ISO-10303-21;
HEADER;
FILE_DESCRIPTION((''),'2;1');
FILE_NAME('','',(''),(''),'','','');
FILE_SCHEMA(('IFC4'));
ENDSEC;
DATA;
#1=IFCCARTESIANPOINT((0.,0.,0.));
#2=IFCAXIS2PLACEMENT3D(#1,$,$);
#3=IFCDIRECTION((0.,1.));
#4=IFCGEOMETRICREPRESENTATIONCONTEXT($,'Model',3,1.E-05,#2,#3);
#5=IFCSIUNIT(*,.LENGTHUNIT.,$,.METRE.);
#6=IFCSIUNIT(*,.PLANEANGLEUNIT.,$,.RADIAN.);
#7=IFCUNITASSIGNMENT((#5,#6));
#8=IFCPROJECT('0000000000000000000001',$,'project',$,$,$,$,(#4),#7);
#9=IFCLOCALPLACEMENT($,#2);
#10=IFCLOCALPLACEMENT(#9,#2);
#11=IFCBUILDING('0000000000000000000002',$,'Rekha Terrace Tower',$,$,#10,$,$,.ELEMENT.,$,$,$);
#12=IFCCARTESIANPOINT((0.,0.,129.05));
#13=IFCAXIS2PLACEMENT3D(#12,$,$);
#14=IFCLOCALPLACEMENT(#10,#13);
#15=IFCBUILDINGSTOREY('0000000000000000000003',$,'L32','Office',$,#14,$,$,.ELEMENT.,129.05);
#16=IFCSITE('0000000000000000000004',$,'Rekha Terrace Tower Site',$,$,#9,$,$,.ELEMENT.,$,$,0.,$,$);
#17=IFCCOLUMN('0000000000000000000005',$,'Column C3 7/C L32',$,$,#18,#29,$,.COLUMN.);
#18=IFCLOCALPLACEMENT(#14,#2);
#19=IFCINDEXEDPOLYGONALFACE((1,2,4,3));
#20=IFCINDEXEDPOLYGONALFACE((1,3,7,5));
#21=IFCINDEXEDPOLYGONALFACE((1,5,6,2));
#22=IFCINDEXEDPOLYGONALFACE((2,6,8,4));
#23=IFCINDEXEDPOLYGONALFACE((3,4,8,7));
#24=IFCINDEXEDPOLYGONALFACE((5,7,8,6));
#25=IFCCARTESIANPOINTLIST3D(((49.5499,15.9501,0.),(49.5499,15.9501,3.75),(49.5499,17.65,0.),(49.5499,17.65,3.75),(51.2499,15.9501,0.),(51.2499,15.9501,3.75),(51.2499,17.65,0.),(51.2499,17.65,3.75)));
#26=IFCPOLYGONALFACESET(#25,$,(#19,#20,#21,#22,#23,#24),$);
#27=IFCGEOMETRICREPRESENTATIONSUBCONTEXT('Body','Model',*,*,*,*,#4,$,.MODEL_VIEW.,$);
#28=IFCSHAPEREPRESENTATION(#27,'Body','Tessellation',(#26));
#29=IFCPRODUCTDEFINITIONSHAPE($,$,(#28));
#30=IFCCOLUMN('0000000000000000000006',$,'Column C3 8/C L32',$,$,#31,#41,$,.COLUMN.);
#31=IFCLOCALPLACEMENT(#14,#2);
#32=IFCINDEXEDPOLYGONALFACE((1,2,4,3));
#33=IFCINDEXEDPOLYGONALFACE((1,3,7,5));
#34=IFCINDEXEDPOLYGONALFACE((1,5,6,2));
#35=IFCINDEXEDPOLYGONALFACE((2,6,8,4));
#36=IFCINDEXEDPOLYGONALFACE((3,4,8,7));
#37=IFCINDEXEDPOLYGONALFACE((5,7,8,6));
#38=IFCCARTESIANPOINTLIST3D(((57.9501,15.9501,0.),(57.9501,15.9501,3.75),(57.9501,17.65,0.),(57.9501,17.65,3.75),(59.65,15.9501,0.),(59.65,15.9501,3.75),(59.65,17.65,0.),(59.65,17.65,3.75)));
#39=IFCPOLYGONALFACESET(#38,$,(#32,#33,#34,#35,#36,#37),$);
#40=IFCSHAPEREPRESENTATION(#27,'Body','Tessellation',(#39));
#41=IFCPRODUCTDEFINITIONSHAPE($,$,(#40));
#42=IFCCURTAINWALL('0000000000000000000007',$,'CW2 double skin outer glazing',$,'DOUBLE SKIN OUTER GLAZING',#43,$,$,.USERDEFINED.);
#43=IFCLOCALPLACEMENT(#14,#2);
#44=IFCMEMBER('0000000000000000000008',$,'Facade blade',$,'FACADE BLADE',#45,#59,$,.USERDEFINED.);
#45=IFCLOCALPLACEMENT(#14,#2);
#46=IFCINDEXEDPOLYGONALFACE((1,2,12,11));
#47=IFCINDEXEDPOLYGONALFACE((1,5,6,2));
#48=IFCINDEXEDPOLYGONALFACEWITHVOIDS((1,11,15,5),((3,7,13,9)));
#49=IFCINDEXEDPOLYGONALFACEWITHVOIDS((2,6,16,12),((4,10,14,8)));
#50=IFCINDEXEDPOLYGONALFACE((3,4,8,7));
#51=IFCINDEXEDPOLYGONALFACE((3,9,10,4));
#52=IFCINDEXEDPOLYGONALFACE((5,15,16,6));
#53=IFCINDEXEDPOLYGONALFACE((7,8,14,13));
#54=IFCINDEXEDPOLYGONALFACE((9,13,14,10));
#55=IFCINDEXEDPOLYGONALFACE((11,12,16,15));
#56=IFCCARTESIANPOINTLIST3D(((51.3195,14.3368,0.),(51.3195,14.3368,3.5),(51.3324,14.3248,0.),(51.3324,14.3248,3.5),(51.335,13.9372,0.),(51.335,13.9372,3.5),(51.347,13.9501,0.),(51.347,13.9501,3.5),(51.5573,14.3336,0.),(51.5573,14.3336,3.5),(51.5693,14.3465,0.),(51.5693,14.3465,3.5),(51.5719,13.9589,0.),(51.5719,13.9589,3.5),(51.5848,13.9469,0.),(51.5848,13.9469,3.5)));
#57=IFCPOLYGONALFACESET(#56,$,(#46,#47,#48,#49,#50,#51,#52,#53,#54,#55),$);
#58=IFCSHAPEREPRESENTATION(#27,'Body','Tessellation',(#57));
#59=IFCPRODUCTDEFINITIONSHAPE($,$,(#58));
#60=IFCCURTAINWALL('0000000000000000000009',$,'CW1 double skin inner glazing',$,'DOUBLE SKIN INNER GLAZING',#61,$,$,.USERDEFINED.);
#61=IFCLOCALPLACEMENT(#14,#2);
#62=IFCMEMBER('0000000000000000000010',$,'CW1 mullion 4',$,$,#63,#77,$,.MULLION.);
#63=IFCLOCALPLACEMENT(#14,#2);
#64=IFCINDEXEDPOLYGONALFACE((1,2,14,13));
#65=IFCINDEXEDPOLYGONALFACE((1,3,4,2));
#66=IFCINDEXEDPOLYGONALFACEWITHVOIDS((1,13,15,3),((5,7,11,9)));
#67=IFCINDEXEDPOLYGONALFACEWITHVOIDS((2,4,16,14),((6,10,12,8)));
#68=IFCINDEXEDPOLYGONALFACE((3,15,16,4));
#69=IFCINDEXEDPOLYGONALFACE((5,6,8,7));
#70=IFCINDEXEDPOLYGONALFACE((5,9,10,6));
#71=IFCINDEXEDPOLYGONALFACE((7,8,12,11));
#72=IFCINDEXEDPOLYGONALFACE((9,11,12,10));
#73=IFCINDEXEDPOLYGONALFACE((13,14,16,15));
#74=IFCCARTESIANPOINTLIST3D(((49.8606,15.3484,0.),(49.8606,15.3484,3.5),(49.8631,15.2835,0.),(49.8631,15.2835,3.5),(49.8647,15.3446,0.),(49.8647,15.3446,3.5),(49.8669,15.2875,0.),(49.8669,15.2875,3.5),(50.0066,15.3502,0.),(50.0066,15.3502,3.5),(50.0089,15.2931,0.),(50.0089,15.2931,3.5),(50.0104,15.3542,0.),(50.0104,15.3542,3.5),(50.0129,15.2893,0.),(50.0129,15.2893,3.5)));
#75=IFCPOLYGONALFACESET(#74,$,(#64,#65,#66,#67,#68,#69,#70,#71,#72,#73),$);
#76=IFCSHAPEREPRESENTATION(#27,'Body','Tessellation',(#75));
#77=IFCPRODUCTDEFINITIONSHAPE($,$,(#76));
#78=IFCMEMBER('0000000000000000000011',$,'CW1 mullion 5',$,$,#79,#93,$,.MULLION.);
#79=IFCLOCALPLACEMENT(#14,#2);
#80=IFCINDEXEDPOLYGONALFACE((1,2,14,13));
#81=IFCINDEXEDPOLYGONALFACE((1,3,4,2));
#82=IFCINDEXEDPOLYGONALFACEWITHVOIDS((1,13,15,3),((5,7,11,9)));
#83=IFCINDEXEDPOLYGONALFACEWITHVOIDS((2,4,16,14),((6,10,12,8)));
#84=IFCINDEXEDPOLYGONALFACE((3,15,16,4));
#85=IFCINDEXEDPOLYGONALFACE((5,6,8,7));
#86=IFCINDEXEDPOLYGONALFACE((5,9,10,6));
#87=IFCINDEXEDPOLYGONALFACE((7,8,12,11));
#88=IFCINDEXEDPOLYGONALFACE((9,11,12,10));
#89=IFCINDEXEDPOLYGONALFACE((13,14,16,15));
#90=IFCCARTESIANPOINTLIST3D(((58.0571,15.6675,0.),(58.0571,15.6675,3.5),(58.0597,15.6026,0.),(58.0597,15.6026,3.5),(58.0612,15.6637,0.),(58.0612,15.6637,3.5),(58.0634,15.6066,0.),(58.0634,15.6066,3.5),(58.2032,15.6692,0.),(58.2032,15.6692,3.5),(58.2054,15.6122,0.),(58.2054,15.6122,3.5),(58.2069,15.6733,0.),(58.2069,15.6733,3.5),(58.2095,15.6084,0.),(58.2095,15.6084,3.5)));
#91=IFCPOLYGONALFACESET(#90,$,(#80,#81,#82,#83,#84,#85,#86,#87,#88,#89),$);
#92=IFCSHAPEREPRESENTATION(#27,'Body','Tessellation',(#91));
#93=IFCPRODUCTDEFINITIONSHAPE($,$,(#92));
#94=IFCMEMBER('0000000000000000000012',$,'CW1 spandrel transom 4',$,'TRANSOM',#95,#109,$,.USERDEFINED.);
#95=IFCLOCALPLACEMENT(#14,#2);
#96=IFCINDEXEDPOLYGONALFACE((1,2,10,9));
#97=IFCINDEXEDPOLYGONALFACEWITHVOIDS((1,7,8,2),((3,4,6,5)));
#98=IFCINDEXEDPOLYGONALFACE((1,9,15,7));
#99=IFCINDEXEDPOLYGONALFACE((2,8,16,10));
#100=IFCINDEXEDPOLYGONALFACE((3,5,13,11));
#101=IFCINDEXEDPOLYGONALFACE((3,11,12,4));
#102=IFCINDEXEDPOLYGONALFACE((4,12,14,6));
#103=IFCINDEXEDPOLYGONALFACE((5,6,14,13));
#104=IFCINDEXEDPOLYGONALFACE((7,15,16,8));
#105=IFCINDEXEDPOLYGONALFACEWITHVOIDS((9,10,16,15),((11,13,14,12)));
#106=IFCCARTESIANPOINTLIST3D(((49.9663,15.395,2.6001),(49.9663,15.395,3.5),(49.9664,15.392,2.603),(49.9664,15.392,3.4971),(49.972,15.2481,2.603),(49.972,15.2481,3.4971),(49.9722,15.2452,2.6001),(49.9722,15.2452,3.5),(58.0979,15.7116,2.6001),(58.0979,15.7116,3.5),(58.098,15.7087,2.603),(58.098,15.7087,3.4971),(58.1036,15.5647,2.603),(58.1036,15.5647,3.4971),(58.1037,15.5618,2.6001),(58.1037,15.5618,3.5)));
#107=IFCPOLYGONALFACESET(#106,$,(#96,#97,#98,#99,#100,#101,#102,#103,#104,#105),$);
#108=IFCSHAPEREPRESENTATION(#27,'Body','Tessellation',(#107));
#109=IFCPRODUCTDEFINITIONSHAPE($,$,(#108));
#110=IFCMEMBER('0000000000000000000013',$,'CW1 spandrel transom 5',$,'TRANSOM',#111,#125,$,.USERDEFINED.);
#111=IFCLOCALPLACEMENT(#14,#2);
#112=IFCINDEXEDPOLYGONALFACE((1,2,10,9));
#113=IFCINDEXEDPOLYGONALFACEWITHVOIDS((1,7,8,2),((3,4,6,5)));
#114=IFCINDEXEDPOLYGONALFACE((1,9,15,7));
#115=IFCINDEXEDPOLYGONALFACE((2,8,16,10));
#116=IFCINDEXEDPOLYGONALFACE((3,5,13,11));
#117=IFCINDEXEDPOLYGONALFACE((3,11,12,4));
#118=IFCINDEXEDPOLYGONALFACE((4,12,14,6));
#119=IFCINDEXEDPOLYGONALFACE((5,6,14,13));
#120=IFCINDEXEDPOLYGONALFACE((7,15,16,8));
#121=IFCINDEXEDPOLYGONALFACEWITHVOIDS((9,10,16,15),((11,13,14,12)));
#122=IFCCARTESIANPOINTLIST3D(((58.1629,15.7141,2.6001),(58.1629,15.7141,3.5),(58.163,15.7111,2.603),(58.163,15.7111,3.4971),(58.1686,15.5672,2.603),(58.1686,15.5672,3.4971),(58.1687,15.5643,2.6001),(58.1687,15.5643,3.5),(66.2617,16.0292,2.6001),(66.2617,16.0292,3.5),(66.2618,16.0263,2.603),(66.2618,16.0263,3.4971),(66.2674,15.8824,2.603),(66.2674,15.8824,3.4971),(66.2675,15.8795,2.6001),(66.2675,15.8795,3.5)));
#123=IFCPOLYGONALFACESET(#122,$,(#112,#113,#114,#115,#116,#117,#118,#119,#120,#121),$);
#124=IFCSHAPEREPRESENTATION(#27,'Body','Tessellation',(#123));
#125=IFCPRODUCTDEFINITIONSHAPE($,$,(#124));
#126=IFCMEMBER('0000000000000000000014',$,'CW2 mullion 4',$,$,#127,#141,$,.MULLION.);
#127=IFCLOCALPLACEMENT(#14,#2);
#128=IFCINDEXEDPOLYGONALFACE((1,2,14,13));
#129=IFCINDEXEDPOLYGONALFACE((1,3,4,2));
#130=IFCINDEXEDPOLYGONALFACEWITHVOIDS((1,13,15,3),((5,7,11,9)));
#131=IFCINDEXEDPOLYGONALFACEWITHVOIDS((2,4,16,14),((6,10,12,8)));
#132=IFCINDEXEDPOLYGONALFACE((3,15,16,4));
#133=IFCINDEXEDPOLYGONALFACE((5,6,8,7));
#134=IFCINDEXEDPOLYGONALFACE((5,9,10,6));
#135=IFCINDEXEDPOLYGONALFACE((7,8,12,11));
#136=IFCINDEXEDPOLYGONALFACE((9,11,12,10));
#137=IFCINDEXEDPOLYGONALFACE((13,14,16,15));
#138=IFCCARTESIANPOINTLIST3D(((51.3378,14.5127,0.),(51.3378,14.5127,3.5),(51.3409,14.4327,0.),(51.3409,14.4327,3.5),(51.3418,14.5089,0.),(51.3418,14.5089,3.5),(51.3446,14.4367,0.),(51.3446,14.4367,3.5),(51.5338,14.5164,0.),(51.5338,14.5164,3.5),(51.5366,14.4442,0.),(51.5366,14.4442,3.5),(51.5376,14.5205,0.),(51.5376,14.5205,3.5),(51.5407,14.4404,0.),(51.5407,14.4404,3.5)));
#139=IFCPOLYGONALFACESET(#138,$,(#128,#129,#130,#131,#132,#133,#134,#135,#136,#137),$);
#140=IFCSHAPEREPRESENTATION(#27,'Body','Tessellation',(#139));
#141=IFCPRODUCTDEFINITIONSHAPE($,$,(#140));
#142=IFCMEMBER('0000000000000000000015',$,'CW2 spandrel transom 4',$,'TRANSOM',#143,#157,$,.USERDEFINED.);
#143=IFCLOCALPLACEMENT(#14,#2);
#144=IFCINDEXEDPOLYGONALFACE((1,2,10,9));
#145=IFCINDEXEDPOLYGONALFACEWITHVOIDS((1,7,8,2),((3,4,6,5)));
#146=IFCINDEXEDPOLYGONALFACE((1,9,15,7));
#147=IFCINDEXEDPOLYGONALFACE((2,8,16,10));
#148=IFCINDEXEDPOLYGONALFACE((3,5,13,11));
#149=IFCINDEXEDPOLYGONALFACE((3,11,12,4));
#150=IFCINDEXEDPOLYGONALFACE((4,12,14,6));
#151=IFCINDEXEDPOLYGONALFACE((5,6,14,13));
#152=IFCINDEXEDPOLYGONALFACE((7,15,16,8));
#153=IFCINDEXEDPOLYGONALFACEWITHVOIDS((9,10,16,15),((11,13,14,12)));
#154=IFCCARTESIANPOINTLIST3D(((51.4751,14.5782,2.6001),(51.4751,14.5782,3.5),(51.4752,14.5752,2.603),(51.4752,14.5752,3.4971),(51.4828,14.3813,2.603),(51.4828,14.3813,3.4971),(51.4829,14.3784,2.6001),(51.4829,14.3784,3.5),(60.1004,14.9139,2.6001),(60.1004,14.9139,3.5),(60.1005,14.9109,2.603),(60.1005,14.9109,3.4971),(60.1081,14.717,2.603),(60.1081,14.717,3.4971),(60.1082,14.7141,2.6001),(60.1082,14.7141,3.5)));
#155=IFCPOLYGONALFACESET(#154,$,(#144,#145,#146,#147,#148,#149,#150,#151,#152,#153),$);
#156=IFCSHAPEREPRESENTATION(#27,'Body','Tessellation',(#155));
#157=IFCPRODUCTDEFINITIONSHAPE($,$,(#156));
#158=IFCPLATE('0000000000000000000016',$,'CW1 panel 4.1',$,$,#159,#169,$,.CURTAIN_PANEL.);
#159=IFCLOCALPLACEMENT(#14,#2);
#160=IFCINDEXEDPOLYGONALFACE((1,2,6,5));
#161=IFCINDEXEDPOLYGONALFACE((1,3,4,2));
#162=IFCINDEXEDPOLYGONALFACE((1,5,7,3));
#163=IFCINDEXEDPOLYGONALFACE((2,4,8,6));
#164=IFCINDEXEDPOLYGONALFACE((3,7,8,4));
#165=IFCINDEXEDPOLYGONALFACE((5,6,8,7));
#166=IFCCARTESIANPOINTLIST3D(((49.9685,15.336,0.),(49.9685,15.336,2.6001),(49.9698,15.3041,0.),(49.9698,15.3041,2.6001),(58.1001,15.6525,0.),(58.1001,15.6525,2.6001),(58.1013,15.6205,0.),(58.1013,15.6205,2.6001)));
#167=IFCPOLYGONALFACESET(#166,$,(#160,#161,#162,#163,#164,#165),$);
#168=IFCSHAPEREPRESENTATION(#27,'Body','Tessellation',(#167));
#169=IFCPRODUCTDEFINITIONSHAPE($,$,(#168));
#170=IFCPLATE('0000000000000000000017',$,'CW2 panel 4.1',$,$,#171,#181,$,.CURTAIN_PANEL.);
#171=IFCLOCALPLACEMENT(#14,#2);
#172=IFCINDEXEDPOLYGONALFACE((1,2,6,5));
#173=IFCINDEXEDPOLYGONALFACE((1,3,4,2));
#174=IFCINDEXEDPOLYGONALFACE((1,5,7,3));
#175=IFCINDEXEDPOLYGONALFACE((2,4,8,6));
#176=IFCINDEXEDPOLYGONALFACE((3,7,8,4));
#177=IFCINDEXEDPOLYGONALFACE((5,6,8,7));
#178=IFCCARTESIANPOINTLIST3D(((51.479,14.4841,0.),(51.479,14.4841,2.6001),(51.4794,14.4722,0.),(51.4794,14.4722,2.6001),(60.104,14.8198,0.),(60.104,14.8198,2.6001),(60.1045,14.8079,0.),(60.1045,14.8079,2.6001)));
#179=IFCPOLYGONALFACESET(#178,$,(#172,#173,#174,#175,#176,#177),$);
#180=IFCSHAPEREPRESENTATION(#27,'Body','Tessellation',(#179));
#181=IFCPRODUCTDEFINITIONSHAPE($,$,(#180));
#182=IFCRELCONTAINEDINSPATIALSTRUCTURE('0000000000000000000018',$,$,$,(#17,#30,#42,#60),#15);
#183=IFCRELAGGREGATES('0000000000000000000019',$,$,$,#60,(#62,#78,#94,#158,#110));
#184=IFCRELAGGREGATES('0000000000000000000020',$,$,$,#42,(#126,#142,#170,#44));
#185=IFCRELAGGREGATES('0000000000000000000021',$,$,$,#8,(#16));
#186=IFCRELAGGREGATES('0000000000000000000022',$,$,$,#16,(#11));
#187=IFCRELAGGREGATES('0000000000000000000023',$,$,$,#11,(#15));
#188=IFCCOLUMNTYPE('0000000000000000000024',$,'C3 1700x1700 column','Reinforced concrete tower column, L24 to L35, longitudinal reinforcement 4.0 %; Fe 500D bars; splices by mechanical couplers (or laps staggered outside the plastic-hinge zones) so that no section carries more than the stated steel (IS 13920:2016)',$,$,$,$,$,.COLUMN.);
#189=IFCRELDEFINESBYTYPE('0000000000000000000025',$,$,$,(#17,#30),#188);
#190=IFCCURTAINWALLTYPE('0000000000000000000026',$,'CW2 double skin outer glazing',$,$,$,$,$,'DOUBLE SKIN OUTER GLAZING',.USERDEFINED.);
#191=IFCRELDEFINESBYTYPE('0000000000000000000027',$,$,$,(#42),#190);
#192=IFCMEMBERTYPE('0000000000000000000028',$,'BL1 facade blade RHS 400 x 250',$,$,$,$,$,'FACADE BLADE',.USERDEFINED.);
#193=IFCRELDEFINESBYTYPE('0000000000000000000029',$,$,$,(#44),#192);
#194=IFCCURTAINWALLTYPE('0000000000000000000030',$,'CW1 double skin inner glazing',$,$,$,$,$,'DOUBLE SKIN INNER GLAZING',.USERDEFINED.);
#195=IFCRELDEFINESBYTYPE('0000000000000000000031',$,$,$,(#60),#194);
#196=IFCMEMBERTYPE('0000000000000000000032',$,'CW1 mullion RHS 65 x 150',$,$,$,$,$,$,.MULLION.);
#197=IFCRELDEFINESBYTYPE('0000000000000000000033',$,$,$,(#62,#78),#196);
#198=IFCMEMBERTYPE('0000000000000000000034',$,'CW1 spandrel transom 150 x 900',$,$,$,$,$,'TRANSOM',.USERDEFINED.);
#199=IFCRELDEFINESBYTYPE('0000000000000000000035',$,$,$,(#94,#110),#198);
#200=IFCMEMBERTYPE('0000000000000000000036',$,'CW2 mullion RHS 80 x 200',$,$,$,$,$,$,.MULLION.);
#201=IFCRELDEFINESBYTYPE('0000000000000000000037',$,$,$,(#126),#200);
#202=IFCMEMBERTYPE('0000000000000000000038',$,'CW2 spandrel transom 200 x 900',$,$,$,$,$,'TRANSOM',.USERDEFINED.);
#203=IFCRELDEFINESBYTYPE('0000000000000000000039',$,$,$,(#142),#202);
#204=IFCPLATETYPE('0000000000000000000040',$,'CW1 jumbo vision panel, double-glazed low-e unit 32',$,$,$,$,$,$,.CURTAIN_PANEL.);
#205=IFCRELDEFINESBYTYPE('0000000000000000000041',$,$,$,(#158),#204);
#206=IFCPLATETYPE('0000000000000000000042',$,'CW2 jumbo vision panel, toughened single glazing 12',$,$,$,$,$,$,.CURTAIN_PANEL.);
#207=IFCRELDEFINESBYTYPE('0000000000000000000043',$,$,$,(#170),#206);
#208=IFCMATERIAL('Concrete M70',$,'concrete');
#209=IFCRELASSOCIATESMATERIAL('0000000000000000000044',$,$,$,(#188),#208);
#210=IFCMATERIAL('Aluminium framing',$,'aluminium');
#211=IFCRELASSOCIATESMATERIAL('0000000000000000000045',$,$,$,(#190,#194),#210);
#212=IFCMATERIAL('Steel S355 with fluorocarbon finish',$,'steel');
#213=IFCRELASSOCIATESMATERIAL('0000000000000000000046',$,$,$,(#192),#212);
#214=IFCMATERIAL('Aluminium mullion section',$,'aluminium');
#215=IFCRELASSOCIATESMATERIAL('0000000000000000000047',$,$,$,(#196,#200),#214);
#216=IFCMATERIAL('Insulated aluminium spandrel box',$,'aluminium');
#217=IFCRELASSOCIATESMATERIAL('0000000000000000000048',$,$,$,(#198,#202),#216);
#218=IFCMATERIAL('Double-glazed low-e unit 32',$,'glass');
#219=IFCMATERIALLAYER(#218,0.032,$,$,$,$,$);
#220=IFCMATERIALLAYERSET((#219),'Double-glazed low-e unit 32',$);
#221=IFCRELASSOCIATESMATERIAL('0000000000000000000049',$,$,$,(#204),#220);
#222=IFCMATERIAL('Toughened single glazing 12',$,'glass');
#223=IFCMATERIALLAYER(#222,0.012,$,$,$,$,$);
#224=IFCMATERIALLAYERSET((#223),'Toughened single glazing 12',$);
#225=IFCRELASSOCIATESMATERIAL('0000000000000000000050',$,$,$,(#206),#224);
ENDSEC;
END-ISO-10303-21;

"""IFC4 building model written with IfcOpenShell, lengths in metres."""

from ifc_helpers import new_model, si_unit, direction, frame, origin, origin_2d, place, context, subcontext, project, spatial, rectangle, hollow_rectangle, extrude, material, layer, layer_set, material_profile, profile_set, type_object, element, aggregate, save


model = new_model("IFC4")

# Units and contexts
model_context = context("Model", 3, precision=1e-05, world=origin(), true_north=direction((0.0, 1.0)))
body_context = subcontext(model_context, "Body", "Model", "MODEL_VIEW")
ifc_project = project(units=[si_unit("LENGTHUNIT", "METRE"), si_unit("PLANEANGLEUNIT", "RADIAN")], contexts=[model_context])

# Site, building, storey
site_placement = place(None, origin())
site = spatial("IfcSite", under=ifc_project, at=site_placement, Name="Rekha Terrace Tower Site", CompositionType="ELEMENT", RefElevation=0.0)
building_placement = place(site_placement, origin())
building = spatial("IfcBuilding", under=site, at=building_placement, Name="Rekha Terrace Tower", CompositionType="ELEMENT")
storey_placement = place(building_placement, frame((0.0, 0.0, 129.05)))
storey = spatial("IfcBuildingStorey", under=building, at=storey_placement, Name="L32", Description="Office", CompositionType="ELEMENT", Elevation=129.05)

# Columns
ifc_material_1 = material(Name="Concrete M70", Category="concrete")
ifc_material_profile_1 = material_profile(ifc_material_1, rectangle(XDim=1.7, YDim=1.7, at=origin_2d()), Name="RC 1700x1700")
ifc_profile_set_1 = profile_set([ifc_material_profile_1], Name="Concrete M70")
column_type = type_object("IfcColumnType", Name="C3 1700x1700 column", Description="Reinforced concrete tower column, L24 to L35, longitudinal reinforcement 4.0 %; Fe 500D bars; splices by mechanical couplers (or laps staggered outside the plastic-hinge zones) so that no section carries more than the stated steel (IS 13920:2016)", PredefinedType="COLUMN", material=ifc_profile_set_1)
for number, where, z_axis, x_axis, name in (
    (1, (50.3999, 16.8, 0.0), (0.0, 0.0, 1.0), (1.0, 0.0, 0.0), "Column C3 7/C L32"),
    (2, (58.8, 16.8, 0.0), (0.0, 0.0, 1.0), (1.0, 0.0, 0.0), "Column C3 8/C L32"),
):
    element("IfcColumn", number, at=place(storey_placement, frame(where, z_axis=z_axis, x_axis=x_axis)), inside=storey, type_object=column_type, Name=name, PredefinedType="COLUMN", context=body_context, shape_type="SweptSolid", body=[
        extrude(rectangle(XDim=1.7, YDim=1.7, at=origin_2d()), origin(), (0.0, 0.0, 1.0), 3.75),
    ])

# Curtain wall, member
ifc_material_2 = material(Name="Aluminium framing", Category="aluminium")
curtain_wall_type_1 = type_object("IfcCurtainWallType", Name="CW2 double skin outer glazing", ElementType="DOUBLE SKIN OUTER GLAZING", PredefinedType="USERDEFINED", material=ifc_material_2)
curtain_wall_1_placement = place(storey_placement, origin())
curtain_wall_1 = element("IfcCurtainWall", 3, at=curtain_wall_1_placement, inside=storey, type_object=curtain_wall_type_1, Name="CW2 double skin outer glazing", ObjectType="DOUBLE SKIN OUTER GLAZING", PredefinedType="USERDEFINED")
ifc_material_3 = material(Name="Steel S355 with fluorocarbon finish", Category="steel")
ifc_material_profile_2 = material_profile(ifc_material_3, hollow_rectangle(XDim=0.25, YDim=0.3999, WallThickness=0.0125, at=origin_2d()), Name="RHS400x250x12.5")
ifc_profile_set_2 = profile_set([ifc_material_profile_2], Name="Steel S355 with fluorocarbon finish")
member_type_1 = type_object("IfcMemberType", Name="BL1 facade blade RHS 400 x 250", ElementType="FACADE BLADE", PredefinedType="USERDEFINED", material=ifc_profile_set_2)
member_1_placement = place(storey_placement, frame((51.4521, 14.1418, 0.0), z_axis=(0.0, 0.0, 1.0), x_axis=(0.999243, 0.03889, 0.0)))
member_1 = element("IfcMember", 4, at=member_1_placement, type_object=member_type_1, Name="Facade blade", ObjectType="FACADE BLADE", PredefinedType="USERDEFINED", context=body_context, shape_type="SweptSolid", body=[
    extrude(hollow_rectangle(XDim=0.25, YDim=0.3999, WallThickness=0.0125, at=origin_2d()), origin(), (0.0, 0.0, 1.0), 3.5),
])

# Curtain wall, members
curtain_wall_type_2 = type_object("IfcCurtainWallType", Name="CW1 double skin inner glazing", ElementType="DOUBLE SKIN INNER GLAZING", PredefinedType="USERDEFINED", material=ifc_material_2)
curtain_wall_2_placement = place(storey_placement, origin())
curtain_wall_2 = element("IfcCurtainWall", 5, at=curtain_wall_2_placement, inside=storey, type_object=curtain_wall_type_2, Name="CW1 double skin inner glazing", ObjectType="DOUBLE SKIN INNER GLAZING", PredefinedType="USERDEFINED")
ifc_material_4 = material(Name="Aluminium mullion section", Category="aluminium")
ifc_material_profile_3 = material_profile(ifc_material_4, hollow_rectangle(XDim=0.0649, YDim=0.1499, WallThickness=0.0039, at=origin_2d()), Name="AL RHS 65x150")
ifc_profile_set_3 = profile_set([ifc_material_profile_3], Name="Aluminium mullion section")
member_type_2 = type_object("IfcMemberType", Name="CW1 mullion RHS 65 x 150", PredefinedType="MULLION", material=ifc_profile_set_3)
member_2_placement = place(storey_placement, frame((49.9368, 15.3188, 0.0), z_axis=(0.0, 0.0, 1.0), x_axis=(-0.03889, 0.999243, 0.0)))
member_2 = element("IfcMember", 6, at=member_2_placement, type_object=member_type_2, Name="CW1 mullion 4", PredefinedType="MULLION", context=body_context, shape_type="SweptSolid", body=[
    extrude(hollow_rectangle(XDim=0.0649, YDim=0.1499, WallThickness=0.0039, at=origin_2d()), origin(), (0.0, 0.0, 1.0), 3.5),
])
member_3_placement = place(storey_placement, frame((58.1333, 15.6379, 0.0), z_axis=(0.0, 0.0, 1.0), x_axis=(-0.03889, 0.999243, 0.0)))
member_3 = element("IfcMember", 7, at=member_3_placement, type_object=member_type_2, Name="CW1 mullion 5", PredefinedType="MULLION", context=body_context, shape_type="SweptSolid", body=[
    extrude(hollow_rectangle(XDim=0.0649, YDim=0.1499, WallThickness=0.0039, at=origin_2d()), origin(), (0.0, 0.0, 1.0), 3.5),
])
ifc_material_5 = material(Name="Insulated aluminium spandrel box", Category="aluminium")
ifc_material_profile_4 = material_profile(ifc_material_5, hollow_rectangle(XDim=0.1499, YDim=0.8999, WallThickness=0.0029, at=origin_2d()), Name="AL SPANDREL BOX 150x900")
ifc_profile_set_4 = profile_set([ifc_material_profile_4], Name="Insulated aluminium spandrel box")
member_type_3 = type_object("IfcMemberType", Name="CW1 spandrel transom 150 x 900", ElementType="TRANSOM", PredefinedType="USERDEFINED", material=ifc_profile_set_4)
member_4_placement = place(storey_placement, frame((49.9692, 15.3201, 3.05), z_axis=(0.999243, 0.038911, 0.0), x_axis=(-0.038911, 0.999243, 0.0)))
member_4 = element("IfcMember", 8, at=member_4_placement, type_object=member_type_3, Name="CW1 spandrel transom 4", ObjectType="TRANSOM", PredefinedType="USERDEFINED", context=body_context, shape_type="SweptSolid", body=[
    extrude(hollow_rectangle(XDim=0.1499, YDim=0.8999, WallThickness=0.0029, at=origin_2d()), origin(), (0.0, 0.0, 1.0), 8.1377),
])
member_5_placement = place(storey_placement, frame((58.1658, 15.6392, 3.05), z_axis=(0.999244, 0.038888, 0.0), x_axis=(-0.038888, 0.999244, 0.0)))
member_5 = element("IfcMember", 9, at=member_5_placement, type_object=member_type_3, Name="CW1 spandrel transom 5", ObjectType="TRANSOM", PredefinedType="USERDEFINED", context=body_context, shape_type="SweptSolid", body=[
    extrude(hollow_rectangle(XDim=0.1499, YDim=0.8999, WallThickness=0.0029, at=origin_2d()), origin(), (0.0, 0.0, 1.0), 8.105),
])

# Members
ifc_material_profile_5 = material_profile(ifc_material_4, hollow_rectangle(XDim=0.0801, YDim=0.2, WallThickness=0.0039, at=origin_2d()), Name="AL RHS 80x200")
ifc_profile_set_5 = profile_set([ifc_material_profile_5], Name="Aluminium mullion section")
member_type_4 = type_object("IfcMemberType", Name="CW2 mullion RHS 80 x 200", PredefinedType="MULLION", material=ifc_profile_set_5)
member_6_placement = place(storey_placement, frame((51.4392, 14.4766, 0.0), z_axis=(0.0, 0.0, 1.0), x_axis=(-0.03889, 0.999243, 0.0)))
member_6 = element("IfcMember", 10, at=member_6_placement, type_object=member_type_4, Name="CW2 mullion 4", PredefinedType="MULLION", context=body_context, shape_type="SweptSolid", body=[
    extrude(hollow_rectangle(XDim=0.0801, YDim=0.2, WallThickness=0.0039, at=origin_2d()), origin(), (0.0, 0.0, 1.0), 3.5),
])
ifc_material_profile_6 = material_profile(ifc_material_5, hollow_rectangle(XDim=0.2, YDim=0.8999, WallThickness=0.0029, at=origin_2d()), Name="AL SPANDREL BOX 200x900")
ifc_profile_set_6 = profile_set([ifc_material_profile_6], Name="Insulated aluminium spandrel box")
member_type_5 = type_object("IfcMemberType", Name="CW2 spandrel transom 200 x 900", ElementType="TRANSOM", PredefinedType="USERDEFINED", material=ifc_profile_set_6)
member_7_placement = place(storey_placement, frame((51.479, 14.4783, 3.05), z_axis=(0.999243, 0.03889, 0.0), x_axis=(-0.03889, 0.999243, 0.0)))
member_7 = element("IfcMember", 11, at=member_7_placement, type_object=member_type_5, Name="CW2 spandrel transom 4", ObjectType="TRANSOM", PredefinedType="USERDEFINED", context=body_context, shape_type="SweptSolid", body=[
    extrude(hollow_rectangle(XDim=0.2, YDim=0.8999, WallThickness=0.0029, at=origin_2d()), origin(), (0.0, 0.0, 1.0), 8.6318),
])

# Plates
ifc_material_6 = material(Name="Double-glazed low-e unit 32", Category="glass")
ifc_layer_1 = layer(ifc_material_6, 0.032)
ifc_layer_set_1 = layer_set([ifc_layer_1], Name="Double-glazed low-e unit 32")
plate_type_1 = type_object("IfcPlateType", Name="CW1 jumbo vision panel, double-glazed low-e unit 32", PredefinedType="CURTAIN_PANEL", material=ifc_layer_set_1)
plate_1_placement = place(storey_placement, frame((54.0349, 15.4783, 0.0), z_axis=(0.0, 0.0, 1.0), x_axis=(0.999243, 0.03889, 0.0)))
plate_1 = element("IfcPlate", 12, at=plate_1_placement, type_object=plate_type_1, Name="CW1 panel 4.1", PredefinedType="CURTAIN_PANEL", context=body_context, shape_type="SweptSolid", body=[
    extrude(rectangle(XDim=8.1377, YDim=0.032, at=origin_2d()), origin(), (0.0, 0.0, 1.0), 2.6001),
])
aggregate(curtain_wall_2, [member_2, member_3, member_4, plate_1, member_5])
ifc_material_7 = material(Name="Toughened single glazing 12", Category="glass")
ifc_layer_2 = layer(ifc_material_7, 0.012)
ifc_layer_set_2 = layer_set([ifc_layer_2], Name="Toughened single glazing 12")
plate_type_2 = type_object("IfcPlateType", Name="CW2 jumbo vision panel, toughened single glazing 12", PredefinedType="CURTAIN_PANEL", material=ifc_layer_set_2)
plate_2_placement = place(storey_placement, frame((55.7917, 14.646, 0.0), z_axis=(0.0, 0.0, 1.0), x_axis=(0.999243, 0.03889, 0.0)))
plate_2 = element("IfcPlate", 13, at=plate_2_placement, type_object=plate_type_2, Name="CW2 panel 4.1", PredefinedType="CURTAIN_PANEL", context=body_context, shape_type="SweptSolid", body=[
    extrude(rectangle(XDim=8.6316, YDim=0.012, at=origin_2d()), origin(), (0.0, 0.0, 1.0), 2.6001),
])
aggregate(curtain_wall_1, [member_6, member_7, plate_2, member_1])

save(model, "model.ifc")
